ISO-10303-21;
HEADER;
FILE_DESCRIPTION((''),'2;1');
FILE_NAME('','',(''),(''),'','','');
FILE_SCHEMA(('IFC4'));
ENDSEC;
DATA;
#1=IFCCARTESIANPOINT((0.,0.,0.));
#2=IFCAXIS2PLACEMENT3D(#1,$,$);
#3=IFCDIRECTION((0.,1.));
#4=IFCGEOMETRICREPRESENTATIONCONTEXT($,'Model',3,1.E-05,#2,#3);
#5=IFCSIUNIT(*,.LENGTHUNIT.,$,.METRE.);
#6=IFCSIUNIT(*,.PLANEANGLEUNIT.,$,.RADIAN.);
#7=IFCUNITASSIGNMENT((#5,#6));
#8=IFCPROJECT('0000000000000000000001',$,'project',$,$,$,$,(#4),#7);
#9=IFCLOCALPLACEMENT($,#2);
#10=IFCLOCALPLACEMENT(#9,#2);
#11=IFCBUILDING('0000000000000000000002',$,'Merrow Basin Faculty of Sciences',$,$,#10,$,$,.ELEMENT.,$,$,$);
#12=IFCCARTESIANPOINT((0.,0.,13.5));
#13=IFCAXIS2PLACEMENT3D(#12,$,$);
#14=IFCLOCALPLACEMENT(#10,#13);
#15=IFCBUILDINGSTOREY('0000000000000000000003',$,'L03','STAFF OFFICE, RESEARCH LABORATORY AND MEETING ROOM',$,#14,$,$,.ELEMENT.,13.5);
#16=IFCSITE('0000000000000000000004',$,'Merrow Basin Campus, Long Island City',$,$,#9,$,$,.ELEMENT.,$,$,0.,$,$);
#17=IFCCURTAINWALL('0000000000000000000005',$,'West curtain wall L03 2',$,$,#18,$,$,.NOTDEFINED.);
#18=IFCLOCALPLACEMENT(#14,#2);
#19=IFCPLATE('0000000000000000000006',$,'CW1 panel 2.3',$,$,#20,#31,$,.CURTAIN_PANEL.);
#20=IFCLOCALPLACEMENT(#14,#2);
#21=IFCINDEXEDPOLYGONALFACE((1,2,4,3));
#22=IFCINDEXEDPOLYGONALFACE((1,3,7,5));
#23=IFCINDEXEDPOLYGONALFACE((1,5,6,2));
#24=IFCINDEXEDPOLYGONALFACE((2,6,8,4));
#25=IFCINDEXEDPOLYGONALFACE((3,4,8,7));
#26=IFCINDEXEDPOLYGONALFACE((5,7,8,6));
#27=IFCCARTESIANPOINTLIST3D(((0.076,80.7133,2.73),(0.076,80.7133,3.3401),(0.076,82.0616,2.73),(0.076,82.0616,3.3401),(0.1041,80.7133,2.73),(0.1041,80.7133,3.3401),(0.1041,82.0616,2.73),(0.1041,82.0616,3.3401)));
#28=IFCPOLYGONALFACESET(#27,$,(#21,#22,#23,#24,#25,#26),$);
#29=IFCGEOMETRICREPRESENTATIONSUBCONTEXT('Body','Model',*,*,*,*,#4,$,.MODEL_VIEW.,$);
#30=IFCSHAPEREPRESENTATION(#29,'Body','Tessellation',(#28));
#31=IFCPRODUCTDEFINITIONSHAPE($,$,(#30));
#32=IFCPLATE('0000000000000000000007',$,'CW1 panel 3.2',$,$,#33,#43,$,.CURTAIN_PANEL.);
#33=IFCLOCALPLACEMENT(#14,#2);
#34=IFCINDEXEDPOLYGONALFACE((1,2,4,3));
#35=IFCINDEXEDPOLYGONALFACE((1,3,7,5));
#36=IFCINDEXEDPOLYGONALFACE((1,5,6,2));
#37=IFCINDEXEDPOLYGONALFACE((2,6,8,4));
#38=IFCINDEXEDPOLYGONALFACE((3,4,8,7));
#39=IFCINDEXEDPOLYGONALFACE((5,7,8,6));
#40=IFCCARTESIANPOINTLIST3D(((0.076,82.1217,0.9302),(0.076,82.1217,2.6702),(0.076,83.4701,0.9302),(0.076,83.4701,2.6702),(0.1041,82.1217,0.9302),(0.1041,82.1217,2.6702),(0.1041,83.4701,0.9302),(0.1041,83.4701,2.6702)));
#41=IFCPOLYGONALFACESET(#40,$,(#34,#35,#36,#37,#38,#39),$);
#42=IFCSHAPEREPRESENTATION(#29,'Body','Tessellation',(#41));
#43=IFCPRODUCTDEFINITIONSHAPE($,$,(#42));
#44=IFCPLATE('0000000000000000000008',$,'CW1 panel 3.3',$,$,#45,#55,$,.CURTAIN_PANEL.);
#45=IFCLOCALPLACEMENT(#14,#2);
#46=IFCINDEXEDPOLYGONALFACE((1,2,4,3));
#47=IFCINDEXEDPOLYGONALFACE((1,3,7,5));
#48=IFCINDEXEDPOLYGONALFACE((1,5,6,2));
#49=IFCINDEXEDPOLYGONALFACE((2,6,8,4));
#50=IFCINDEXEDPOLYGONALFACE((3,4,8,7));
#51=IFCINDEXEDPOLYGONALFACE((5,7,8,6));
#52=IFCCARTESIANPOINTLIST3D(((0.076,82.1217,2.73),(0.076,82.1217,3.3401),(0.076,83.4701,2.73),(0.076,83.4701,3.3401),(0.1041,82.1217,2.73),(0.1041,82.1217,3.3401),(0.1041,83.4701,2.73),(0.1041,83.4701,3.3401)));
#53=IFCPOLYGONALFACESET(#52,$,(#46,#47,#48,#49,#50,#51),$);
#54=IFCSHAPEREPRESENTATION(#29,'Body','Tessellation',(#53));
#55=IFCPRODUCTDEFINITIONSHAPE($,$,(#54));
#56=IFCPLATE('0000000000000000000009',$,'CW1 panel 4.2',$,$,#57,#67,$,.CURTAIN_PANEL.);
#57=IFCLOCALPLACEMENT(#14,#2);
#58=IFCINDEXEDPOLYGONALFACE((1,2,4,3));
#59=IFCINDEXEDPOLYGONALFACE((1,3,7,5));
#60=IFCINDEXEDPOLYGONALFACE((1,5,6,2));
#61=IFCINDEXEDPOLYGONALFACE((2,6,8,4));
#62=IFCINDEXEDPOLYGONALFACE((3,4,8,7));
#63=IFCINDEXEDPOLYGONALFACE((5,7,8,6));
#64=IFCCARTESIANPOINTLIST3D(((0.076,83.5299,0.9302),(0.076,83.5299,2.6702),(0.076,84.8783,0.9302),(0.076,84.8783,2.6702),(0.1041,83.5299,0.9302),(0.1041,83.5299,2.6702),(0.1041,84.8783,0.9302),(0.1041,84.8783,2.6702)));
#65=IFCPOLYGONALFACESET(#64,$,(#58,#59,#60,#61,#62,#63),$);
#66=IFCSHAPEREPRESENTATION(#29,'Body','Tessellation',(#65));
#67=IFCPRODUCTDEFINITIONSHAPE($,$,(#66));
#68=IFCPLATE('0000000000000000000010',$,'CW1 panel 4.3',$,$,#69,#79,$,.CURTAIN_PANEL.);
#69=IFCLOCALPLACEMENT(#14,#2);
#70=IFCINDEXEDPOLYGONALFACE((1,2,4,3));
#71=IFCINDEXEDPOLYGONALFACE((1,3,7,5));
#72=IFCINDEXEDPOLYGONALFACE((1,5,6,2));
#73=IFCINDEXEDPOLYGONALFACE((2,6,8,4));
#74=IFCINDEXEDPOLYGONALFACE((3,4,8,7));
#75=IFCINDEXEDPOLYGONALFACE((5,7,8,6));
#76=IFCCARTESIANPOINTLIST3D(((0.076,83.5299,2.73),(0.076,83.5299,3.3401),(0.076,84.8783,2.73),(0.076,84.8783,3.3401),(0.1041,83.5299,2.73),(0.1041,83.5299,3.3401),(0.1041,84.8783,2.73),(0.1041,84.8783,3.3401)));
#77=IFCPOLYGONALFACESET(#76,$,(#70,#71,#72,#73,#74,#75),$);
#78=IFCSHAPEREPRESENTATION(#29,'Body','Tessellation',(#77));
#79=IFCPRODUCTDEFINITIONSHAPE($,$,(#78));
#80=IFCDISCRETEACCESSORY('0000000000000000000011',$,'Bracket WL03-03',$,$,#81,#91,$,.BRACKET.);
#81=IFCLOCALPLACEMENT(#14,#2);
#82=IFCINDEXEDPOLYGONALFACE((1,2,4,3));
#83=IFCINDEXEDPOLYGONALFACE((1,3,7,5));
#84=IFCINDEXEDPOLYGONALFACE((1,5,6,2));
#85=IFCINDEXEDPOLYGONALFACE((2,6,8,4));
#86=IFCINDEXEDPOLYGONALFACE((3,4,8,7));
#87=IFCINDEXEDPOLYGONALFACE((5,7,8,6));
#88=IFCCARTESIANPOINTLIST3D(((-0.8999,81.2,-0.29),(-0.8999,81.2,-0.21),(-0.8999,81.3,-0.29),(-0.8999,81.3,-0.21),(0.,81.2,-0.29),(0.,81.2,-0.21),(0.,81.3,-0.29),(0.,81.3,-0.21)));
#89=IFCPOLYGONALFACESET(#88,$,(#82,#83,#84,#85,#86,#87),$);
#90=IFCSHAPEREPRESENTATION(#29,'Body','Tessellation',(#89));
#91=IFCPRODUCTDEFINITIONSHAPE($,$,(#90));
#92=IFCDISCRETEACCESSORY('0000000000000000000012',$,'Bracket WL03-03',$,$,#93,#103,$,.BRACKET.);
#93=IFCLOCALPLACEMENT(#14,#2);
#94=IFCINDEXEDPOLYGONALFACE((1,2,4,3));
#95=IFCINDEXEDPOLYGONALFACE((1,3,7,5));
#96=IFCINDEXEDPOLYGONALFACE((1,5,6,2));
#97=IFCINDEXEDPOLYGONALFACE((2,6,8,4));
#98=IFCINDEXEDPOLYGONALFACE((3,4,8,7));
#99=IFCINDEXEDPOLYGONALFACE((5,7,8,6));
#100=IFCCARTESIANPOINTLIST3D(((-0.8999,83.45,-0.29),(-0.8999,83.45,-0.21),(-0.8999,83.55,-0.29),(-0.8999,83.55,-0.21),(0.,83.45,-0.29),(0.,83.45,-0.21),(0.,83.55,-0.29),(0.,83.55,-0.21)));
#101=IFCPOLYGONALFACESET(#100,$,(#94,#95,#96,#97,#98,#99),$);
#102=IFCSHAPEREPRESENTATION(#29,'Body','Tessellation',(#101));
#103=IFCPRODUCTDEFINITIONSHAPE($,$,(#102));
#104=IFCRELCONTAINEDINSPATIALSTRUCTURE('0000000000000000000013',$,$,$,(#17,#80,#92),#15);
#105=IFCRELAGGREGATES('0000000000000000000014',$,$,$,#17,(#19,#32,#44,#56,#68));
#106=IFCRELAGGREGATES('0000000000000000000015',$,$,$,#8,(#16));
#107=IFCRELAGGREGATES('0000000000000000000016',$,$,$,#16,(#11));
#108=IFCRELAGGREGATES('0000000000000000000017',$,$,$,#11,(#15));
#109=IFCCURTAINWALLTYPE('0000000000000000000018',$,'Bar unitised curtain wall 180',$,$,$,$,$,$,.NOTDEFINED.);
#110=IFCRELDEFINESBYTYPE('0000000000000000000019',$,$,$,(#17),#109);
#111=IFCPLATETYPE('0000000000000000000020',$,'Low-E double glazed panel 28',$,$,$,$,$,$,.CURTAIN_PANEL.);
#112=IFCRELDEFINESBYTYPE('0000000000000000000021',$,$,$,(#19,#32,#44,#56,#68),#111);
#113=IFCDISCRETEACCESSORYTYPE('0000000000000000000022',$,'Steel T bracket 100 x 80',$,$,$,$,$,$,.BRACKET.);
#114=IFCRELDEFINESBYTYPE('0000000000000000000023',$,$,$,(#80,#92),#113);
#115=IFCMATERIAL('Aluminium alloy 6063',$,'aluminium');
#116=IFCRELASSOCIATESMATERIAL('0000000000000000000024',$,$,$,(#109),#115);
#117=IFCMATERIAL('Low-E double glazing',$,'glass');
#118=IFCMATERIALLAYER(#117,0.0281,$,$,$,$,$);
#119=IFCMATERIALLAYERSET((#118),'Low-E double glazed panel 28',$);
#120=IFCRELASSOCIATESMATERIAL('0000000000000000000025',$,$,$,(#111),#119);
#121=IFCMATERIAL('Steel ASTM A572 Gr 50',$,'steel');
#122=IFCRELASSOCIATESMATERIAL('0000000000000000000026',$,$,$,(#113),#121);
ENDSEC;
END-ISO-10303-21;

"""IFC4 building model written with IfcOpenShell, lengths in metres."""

from ifc_helpers import new_model, si_unit, direction, frame, origin, origin_2d, place, context, subcontext, project, spatial, polyline, rectangle, outline, extrude, source, transform, mapped, material, layer, layer_set, type_object, element, aggregate, save


model = new_model("IFC4")

# Units and contexts
model_context = context("Model", 3, precision=1e-05, world=origin(), true_north=direction((0.0, 1.0)))
body_context = subcontext(model_context, "Body", "Model", "MODEL_VIEW")
ifc_project = project(units=[si_unit("LENGTHUNIT", "METRE"), si_unit("PLANEANGLEUNIT", "RADIAN")], contexts=[model_context])

# Site, building, storey
site_placement = place(None, origin())
site = spatial("IfcSite", under=ifc_project, at=site_placement, Name="Merrow Basin Campus, Long Island City", CompositionType="ELEMENT", RefElevation=0.0)
building_placement = place(site_placement, origin())
building = spatial("IfcBuilding", under=site, at=building_placement, Name="Merrow Basin Faculty of Sciences", CompositionType="ELEMENT")
storey_placement = place(building_placement, frame((0.0, 0.0, 13.5)))
storey = spatial("IfcBuildingStorey", under=building, at=storey_placement, Name="L03", Description="STAFF OFFICE, RESEARCH LABORATORY AND MEETING ROOM", CompositionType="ELEMENT", Elevation=13.5)

# Curtain wall, plates
ifc_material_1 = material(Name="Aluminium alloy 6063", Category="aluminium")
curtain_wall_type = type_object("IfcCurtainWallType", Name="Bar unitised curtain wall 180", PredefinedType="NOTDEFINED", material=ifc_material_1)
curtain_wall_placement = place(storey_placement, origin())
curtain_wall = element("IfcCurtainWall", 1, at=curtain_wall_placement, inside=storey, type_object=curtain_wall_type, Name="West curtain wall L03 2", PredefinedType="NOTDEFINED")
ifc_material_2 = material(Name="Low-E double glazing", Category="glass")
ifc_layer_1 = layer(ifc_material_2, 0.0281)
ifc_layer_set_1 = layer_set([ifc_layer_1], Name="Low-E double glazed panel 28")
plate_type_1 = type_object("IfcPlateType", Name="Low-E double glazed panel 28", PredefinedType="CURTAIN_PANEL", material=ifc_layer_set_1)
plate_1_placement = place(storey_placement, frame((0.0901, 81.3875, 2.73), z_axis=(0.0, 0.0, 1.0), x_axis=(0.0, 1.0, 0.0)))
plate_1 = element("IfcPlate", 2, at=plate_1_placement, type_object=plate_type_1, Name="CW1 panel 2.3", PredefinedType="CURTAIN_PANEL", context=body_context, shape_type="SweptSolid", body=[
    extrude(rectangle(XDim=1.3484, YDim=0.0281, at=origin_2d()), origin(), (0.0, 0.0, 1.0), 0.6101),
])
plate_2_placement = place(storey_placement, frame((0.0901, 82.7959, 0.9302), z_axis=(0.0, 0.0, 1.0), x_axis=(0.0, 1.0, 0.0)))
plate_2 = element("IfcPlate", 3, at=plate_2_placement, type_object=plate_type_1, Name="CW1 panel 3.2", PredefinedType="CURTAIN_PANEL", context=body_context, shape_type="SweptSolid", body=[
    extrude(rectangle(XDim=1.3484, YDim=0.0281, at=origin_2d()), origin(), (0.0, 0.0, 1.0), 1.74),
])
plate_3_placement = place(storey_placement, frame((0.0901, 82.7959, 2.73), z_axis=(0.0, 0.0, 1.0), x_axis=(0.0, 1.0, 0.0)))
plate_3 = element("IfcPlate", 4, at=plate_3_placement, type_object=plate_type_1, Name="CW1 panel 3.3", PredefinedType="CURTAIN_PANEL", context=body_context, shape_type="SweptSolid", body=[
    extrude(rectangle(XDim=1.3484, YDim=0.0281, at=origin_2d()), origin(), (0.0, 0.0, 1.0), 0.6101),
])
plate_4_placement = place(storey_placement, frame((0.0901, 84.2041, 0.9302), z_axis=(0.0, 0.0, 1.0), x_axis=(0.0, 1.0, 0.0)))
plate_4 = element("IfcPlate", 5, at=plate_4_placement, type_object=plate_type_1, Name="CW1 panel 4.2", PredefinedType="CURTAIN_PANEL", context=body_context, shape_type="SweptSolid", body=[
    extrude(rectangle(XDim=1.3484, YDim=0.0281, at=origin_2d()), origin(), (0.0, 0.0, 1.0), 1.74),
])
plate_5_placement = place(storey_placement, frame((0.0901, 84.2041, 2.73), z_axis=(0.0, 0.0, 1.0), x_axis=(0.0, 1.0, 0.0)))
plate_5 = element("IfcPlate", 6, at=plate_5_placement, type_object=plate_type_1, Name="CW1 panel 4.3", PredefinedType="CURTAIN_PANEL", context=body_context, shape_type="SweptSolid", body=[
    extrude(rectangle(XDim=1.3484, YDim=0.0281, at=origin_2d()), origin(), (0.0, 0.0, 1.0), 0.6101),
])
aggregate(curtain_wall, [plate_1, plate_2, plate_3, plate_4, plate_5])

# Discrete accessories
ifc_material_3 = material(Name="Steel ASTM A572 Gr 50", Category="steel")
discrete_accessory_type = type_object("IfcDiscreteAccessoryType", Name="Steel T bracket 100 x 80", PredefinedType="BRACKET", material=ifc_material_3)
shared_shape = source(origin(), body_context, "Body", "SweptSolid", [
    extrude(outline(polyline([(0.0, 0.0), (0.1001, 0.0), (0.1001, 0.0801), (0.0, 0.0801), (0.0, 0.0)])), origin(), (0.0, 0.0, 1.0), 0.8999),
])
for number, where, z_axis, x_axis, name in (
    (7, (-0.8999, 81.2, -0.29), (1.0, 0.0, 0.0), (0.0, 1.0, 0.0), "Bracket WL03-03"),
    (8, (-0.8999, 83.45, -0.29), (1.0, 0.0, 0.0), (0.0, 1.0, 0.0), "Bracket WL03-03"),
):
    element("IfcDiscreteAccessory", number, at=place(storey_placement, frame(where, z_axis=z_axis, x_axis=x_axis)), inside=storey, type_object=discrete_accessory_type, Name=name, PredefinedType="BRACKET", context=body_context, shape_type="MappedRepresentation", body=[
        mapped(shared_shape, transform((0.0, 0.0, 0.0), scale=1.0)),
    ])

save(model, "model.ifc")
